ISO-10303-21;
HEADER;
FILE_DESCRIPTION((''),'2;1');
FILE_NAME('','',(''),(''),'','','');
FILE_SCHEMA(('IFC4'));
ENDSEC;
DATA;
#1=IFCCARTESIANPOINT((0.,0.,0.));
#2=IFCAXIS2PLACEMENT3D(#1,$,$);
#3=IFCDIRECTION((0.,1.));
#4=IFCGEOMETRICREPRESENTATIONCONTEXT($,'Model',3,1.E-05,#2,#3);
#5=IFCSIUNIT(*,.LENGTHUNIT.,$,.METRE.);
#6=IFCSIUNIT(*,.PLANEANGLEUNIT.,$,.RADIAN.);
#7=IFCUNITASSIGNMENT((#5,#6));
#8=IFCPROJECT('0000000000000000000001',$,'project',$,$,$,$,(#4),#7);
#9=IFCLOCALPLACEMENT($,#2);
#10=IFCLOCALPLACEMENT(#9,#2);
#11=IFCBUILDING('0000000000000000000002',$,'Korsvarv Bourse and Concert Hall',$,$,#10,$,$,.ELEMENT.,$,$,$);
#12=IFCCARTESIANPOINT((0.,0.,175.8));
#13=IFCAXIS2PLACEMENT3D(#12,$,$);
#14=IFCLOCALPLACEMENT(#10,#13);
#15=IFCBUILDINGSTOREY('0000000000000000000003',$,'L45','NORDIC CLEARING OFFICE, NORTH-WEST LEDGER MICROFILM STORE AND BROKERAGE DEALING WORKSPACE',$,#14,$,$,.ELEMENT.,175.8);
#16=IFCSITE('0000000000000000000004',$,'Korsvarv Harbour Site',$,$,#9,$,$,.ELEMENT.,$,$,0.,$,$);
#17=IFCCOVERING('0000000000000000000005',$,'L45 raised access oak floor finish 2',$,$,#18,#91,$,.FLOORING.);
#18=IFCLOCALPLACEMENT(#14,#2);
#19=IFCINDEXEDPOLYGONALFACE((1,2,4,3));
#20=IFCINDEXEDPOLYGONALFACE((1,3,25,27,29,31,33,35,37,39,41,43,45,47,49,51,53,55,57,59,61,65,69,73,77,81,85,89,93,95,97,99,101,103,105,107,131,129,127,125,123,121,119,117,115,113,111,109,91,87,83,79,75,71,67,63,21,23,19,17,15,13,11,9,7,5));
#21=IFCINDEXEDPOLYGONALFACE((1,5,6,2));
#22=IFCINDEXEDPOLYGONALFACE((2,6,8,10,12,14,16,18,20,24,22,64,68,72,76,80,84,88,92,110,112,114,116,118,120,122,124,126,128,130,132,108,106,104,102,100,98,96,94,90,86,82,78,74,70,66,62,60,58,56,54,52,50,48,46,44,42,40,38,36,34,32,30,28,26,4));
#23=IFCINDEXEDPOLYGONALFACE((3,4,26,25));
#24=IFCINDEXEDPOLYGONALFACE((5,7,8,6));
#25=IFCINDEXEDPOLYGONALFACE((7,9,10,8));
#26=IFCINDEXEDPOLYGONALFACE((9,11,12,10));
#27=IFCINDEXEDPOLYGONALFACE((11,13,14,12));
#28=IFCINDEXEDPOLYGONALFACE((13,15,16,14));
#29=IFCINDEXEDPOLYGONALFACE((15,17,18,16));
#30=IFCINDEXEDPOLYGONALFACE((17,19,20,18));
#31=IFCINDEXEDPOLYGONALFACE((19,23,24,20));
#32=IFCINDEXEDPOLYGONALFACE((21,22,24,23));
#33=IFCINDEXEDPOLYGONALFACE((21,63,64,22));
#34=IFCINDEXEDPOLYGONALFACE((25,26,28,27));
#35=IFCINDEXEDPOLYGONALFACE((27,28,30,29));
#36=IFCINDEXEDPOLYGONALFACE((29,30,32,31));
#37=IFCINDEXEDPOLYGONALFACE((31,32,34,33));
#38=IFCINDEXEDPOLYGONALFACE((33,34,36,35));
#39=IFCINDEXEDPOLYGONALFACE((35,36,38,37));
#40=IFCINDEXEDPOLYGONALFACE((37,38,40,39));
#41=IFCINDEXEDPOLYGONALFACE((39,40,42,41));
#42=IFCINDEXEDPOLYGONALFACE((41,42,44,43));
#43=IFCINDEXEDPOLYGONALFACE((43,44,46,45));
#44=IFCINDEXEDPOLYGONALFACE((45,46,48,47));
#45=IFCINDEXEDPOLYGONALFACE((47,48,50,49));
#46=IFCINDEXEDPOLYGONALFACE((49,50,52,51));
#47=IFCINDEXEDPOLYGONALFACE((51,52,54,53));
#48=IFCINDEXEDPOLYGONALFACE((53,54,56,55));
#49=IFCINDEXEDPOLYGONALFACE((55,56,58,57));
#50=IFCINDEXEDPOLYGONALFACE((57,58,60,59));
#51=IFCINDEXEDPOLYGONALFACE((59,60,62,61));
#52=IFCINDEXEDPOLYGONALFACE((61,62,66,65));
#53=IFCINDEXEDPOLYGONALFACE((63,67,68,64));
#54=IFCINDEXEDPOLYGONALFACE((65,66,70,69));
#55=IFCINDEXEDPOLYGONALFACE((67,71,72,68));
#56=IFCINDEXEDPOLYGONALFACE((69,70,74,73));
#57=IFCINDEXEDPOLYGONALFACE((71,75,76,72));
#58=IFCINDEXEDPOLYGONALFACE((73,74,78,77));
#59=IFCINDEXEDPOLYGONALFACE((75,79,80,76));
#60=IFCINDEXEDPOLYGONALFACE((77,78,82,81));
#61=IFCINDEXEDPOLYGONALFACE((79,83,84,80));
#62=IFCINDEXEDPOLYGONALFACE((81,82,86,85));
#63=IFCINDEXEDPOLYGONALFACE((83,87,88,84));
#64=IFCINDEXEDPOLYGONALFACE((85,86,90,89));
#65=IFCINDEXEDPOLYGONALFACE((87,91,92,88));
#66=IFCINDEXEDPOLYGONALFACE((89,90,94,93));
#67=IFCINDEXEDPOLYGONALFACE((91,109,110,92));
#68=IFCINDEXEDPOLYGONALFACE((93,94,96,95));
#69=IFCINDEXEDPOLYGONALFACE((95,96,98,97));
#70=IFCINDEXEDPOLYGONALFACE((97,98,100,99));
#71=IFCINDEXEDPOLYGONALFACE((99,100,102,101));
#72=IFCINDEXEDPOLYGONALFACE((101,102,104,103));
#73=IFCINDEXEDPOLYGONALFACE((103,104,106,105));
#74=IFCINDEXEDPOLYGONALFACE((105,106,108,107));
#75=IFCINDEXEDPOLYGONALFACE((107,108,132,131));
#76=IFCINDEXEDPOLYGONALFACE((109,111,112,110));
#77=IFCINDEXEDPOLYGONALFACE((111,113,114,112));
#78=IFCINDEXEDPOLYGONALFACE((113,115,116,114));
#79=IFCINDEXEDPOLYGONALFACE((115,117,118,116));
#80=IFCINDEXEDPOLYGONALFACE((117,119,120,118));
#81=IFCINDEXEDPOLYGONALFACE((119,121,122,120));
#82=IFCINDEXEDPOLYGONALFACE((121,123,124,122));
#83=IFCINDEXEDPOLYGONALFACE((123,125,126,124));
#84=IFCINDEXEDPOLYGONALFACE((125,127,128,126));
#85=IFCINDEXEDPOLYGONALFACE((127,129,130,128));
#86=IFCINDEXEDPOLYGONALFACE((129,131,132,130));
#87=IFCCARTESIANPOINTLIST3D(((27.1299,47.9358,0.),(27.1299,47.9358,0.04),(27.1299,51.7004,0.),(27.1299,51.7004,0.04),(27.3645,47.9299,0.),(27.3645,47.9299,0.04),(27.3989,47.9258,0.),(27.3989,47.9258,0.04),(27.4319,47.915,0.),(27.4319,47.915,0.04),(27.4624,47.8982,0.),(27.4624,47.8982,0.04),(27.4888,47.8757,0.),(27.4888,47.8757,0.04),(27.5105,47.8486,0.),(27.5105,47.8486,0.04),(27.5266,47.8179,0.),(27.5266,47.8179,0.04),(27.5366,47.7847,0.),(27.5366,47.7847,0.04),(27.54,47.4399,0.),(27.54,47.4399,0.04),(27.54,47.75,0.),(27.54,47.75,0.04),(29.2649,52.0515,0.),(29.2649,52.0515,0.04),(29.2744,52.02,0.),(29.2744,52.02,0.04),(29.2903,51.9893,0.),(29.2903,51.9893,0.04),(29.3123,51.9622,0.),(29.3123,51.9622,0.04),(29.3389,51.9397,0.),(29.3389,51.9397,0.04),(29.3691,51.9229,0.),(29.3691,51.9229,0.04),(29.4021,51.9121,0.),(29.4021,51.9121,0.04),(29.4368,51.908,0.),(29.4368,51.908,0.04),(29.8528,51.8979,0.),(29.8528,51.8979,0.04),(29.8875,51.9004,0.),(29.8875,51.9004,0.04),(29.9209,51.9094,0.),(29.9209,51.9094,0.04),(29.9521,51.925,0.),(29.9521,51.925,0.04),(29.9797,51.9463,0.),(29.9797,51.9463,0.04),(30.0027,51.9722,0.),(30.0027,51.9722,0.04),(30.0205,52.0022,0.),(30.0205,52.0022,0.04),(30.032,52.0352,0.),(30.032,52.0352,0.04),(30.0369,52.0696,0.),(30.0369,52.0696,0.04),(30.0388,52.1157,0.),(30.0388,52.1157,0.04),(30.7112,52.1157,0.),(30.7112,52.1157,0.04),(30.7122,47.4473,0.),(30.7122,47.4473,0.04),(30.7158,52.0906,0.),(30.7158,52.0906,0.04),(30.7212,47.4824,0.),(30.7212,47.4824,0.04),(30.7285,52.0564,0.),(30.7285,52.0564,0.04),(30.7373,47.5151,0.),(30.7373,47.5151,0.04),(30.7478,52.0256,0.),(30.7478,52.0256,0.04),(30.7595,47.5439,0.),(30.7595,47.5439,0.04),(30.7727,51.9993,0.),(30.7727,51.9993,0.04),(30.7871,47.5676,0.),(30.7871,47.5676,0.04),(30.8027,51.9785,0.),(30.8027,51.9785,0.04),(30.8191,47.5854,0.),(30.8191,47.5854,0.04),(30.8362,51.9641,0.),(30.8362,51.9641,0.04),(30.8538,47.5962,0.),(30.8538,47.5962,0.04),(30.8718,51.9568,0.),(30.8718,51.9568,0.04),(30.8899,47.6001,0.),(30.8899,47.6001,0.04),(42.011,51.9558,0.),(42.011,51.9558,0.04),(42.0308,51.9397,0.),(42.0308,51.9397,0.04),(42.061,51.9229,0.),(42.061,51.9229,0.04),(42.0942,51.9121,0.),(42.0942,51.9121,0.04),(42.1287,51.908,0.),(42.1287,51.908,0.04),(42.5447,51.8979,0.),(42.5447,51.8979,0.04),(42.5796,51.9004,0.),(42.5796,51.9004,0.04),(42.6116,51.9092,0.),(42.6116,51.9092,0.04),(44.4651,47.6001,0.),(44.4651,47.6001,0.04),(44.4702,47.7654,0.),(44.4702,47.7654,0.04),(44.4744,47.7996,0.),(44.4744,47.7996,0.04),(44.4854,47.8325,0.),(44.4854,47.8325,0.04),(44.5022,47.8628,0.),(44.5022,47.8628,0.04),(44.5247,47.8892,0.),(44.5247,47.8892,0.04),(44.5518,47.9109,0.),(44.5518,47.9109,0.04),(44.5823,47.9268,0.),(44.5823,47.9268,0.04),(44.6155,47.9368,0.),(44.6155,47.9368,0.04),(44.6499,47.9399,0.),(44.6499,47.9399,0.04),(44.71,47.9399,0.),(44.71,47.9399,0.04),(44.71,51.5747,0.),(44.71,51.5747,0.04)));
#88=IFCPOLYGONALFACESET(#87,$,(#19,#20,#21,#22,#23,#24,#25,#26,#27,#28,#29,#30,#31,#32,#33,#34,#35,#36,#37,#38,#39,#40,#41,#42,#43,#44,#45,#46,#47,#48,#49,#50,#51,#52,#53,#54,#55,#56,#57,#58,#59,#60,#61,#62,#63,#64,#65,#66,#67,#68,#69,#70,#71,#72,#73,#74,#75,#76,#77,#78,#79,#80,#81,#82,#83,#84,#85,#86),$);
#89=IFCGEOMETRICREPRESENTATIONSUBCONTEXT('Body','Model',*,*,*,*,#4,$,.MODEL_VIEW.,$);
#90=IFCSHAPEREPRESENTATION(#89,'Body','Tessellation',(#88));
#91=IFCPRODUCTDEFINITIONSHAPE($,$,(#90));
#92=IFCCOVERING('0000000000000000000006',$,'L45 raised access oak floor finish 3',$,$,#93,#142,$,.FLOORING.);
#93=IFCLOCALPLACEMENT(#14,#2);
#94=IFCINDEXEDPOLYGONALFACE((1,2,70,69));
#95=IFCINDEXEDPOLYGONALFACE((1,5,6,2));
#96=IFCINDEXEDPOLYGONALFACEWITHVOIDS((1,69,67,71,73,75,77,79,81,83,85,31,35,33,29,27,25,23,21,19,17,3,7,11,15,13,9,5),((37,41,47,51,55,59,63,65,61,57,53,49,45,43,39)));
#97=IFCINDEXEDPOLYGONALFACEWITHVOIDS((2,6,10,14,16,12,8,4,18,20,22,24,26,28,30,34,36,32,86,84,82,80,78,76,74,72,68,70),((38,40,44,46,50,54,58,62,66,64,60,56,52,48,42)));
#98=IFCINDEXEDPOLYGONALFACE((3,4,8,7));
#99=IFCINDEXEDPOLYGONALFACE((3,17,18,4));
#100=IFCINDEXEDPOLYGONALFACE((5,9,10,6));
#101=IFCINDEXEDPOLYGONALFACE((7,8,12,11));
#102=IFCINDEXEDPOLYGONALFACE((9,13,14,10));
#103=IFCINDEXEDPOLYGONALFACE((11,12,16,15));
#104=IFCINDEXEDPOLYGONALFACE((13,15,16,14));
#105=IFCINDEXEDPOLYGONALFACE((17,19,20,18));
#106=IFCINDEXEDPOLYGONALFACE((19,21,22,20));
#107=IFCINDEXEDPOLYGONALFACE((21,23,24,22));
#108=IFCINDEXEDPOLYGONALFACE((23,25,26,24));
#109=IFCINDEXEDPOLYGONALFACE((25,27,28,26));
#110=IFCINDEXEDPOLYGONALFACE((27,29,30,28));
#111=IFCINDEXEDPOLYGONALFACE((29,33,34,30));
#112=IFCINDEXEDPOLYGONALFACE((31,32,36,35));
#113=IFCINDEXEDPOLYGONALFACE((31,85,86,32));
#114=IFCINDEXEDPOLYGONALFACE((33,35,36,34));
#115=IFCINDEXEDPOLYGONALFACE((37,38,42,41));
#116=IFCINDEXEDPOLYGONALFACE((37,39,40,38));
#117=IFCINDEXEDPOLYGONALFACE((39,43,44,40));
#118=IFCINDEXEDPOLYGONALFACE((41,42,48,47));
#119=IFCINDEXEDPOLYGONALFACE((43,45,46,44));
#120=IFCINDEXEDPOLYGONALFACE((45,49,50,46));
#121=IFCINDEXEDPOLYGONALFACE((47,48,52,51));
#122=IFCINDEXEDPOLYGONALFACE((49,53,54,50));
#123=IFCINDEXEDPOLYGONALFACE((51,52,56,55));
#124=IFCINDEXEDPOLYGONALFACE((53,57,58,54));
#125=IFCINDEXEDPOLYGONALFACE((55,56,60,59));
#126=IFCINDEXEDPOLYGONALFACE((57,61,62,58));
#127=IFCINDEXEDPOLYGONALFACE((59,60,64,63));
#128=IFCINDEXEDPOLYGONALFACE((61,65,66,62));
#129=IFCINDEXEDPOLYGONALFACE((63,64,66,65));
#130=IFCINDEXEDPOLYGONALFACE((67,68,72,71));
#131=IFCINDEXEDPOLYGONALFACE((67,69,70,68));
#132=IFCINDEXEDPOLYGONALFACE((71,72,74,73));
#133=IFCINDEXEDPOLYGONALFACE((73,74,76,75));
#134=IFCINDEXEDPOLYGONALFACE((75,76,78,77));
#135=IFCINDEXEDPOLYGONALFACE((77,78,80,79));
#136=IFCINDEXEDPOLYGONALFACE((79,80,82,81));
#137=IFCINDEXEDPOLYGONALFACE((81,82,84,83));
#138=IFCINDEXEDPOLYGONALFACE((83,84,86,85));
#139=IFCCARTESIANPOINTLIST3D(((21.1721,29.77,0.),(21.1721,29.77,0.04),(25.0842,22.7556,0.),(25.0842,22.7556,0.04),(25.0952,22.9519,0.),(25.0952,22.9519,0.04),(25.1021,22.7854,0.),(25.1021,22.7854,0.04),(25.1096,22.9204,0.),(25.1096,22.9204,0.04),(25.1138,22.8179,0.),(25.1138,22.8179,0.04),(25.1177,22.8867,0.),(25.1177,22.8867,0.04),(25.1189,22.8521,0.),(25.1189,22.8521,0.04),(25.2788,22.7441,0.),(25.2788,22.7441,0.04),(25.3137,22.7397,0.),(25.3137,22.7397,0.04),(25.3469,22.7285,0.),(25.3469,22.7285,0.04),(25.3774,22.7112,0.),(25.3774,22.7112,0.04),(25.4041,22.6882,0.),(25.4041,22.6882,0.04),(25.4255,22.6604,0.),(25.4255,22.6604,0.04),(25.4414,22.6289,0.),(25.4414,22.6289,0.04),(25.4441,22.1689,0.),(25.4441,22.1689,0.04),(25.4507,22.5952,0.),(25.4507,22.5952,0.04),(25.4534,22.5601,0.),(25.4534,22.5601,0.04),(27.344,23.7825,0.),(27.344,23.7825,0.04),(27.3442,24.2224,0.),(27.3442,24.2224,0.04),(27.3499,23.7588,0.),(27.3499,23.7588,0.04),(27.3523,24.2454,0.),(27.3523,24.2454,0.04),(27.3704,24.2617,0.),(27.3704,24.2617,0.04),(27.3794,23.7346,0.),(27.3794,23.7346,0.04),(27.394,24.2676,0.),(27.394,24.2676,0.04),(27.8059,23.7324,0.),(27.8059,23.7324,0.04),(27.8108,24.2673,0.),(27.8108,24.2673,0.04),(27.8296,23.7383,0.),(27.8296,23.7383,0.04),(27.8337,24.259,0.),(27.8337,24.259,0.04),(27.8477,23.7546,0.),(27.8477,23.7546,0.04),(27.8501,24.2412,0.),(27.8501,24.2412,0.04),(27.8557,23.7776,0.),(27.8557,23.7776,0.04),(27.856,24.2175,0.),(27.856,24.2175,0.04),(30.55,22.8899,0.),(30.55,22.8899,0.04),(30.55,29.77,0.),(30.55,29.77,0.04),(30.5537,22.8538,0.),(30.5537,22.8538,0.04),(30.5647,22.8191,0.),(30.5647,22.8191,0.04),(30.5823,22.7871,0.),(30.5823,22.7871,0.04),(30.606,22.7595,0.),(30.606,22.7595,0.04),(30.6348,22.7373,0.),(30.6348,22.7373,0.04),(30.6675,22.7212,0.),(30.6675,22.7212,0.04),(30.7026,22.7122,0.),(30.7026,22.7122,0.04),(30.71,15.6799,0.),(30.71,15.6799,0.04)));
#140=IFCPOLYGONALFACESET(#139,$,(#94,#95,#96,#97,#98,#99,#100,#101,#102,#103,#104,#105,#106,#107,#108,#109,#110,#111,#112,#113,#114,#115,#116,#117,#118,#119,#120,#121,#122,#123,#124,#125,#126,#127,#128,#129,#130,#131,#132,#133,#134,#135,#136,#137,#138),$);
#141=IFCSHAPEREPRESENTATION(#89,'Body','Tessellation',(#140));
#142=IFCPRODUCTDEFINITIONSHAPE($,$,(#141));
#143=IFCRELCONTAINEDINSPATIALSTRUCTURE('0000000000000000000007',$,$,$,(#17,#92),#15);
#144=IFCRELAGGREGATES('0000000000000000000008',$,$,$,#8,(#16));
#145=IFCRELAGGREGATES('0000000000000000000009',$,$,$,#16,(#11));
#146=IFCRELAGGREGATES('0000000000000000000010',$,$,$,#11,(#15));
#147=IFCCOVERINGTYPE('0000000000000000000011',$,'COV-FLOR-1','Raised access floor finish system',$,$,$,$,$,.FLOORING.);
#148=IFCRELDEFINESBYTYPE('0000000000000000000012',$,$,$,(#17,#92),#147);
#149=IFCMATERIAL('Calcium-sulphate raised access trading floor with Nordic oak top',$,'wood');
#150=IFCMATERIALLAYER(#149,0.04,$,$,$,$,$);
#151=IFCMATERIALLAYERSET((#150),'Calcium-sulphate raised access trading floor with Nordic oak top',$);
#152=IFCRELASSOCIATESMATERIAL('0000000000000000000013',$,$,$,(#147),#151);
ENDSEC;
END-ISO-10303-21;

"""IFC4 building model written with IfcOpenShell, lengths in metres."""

from ifc_helpers import new_model, si_unit, direction, frame, origin, place, context, subcontext, project, spatial, polyline, outline, extrude, material, layer, layer_set, type_object, element, save


model = new_model("IFC4")

# Units and contexts
model_context = context("Model", 3, precision=1e-05, world=origin(), true_north=direction((0.0, 1.0)))
body_context = subcontext(model_context, "Body", "Model", "MODEL_VIEW")
ifc_project = project(units=[si_unit("LENGTHUNIT", "METRE"), si_unit("PLANEANGLEUNIT", "RADIAN")], contexts=[model_context])

# Site, building, storey
site_placement = place(None, origin())
site = spatial("IfcSite", under=ifc_project, at=site_placement, Name="Korsvarv Harbour Site", CompositionType="ELEMENT", RefElevation=0.0)
building_placement = place(site_placement, origin())
building = spatial("IfcBuilding", under=site, at=building_placement, Name="Korsvarv Bourse and Concert Hall", CompositionType="ELEMENT")
storey_placement = place(building_placement, frame((0.0, 0.0, 175.8)))
storey = spatial("IfcBuildingStorey", under=building, at=storey_placement, Name="L45", Description="NORDIC CLEARING OFFICE, NORTH-WEST LEDGER MICROFILM STORE AND BROKERAGE DEALING WORKSPACE", CompositionType="ELEMENT", Elevation=175.8)

# Coverings
ifc_material_1 = material(Name="Calcium-sulphate raised access trading floor with Nordic oak top", Category="wood")
ifc_layer_1 = layer(ifc_material_1, 0.04)
ifc_layer_set_1 = layer_set([ifc_layer_1], Name="Calcium-sulphate raised access trading floor with Nordic oak top")
covering_type_1 = type_object("IfcCoveringType", Name="COV-FLOR-1", Description="Raised access floor finish system", PredefinedType="FLOORING", material=ifc_layer_set_1)
covering_1_placement = place(storey_placement, origin())
element("IfcCovering", 1, at=covering_1_placement, inside=storey, type_object=covering_type_1, Name="L45 raised access oak floor finish 2", PredefinedType="FLOORING", context=body_context, shape_type="SweptSolid", body=[
    extrude(outline(polyline([(29.2649, 52.0515), (29.2744, 52.02), (29.2903, 51.9893), (29.3123, 51.9622), (29.3389, 51.9397), (29.3691, 51.9229), (29.4021, 51.9121), (29.4368, 51.908), (29.8528, 51.8979), (29.8875, 51.9004), (29.9209, 51.9094), (29.9521, 51.925), (29.9797, 51.9463), (30.0027, 51.9722), (30.0205, 52.0022), (30.032, 52.0352), (30.0369, 52.0696), (30.0388, 52.1157), (30.7112, 52.1157), (30.7158, 52.0906), (30.7285, 52.0564), (30.7478, 52.0256), (30.7727, 51.9993), (30.8027, 51.9785), (30.8362, 51.9641), (30.8718, 51.9568), (42.011, 51.9558), (42.0308, 51.9397), (42.061, 51.9229), (42.0942, 51.9121), (42.1287, 51.908), (42.5447, 51.8979), (42.5796, 51.9004), (42.6116, 51.9092), (44.71, 51.5747), (44.71, 47.9399), (44.6499, 47.9399), (44.6155, 47.9368), (44.5823, 47.9268), (44.5518, 47.9109), (44.5247, 47.8892), (44.5022, 47.8628), (44.4854, 47.8325), (44.4744, 47.7996), (44.4702, 47.7654), (44.4651, 47.6001), (30.8899, 47.6001), (30.8538, 47.5962), (30.8191, 47.5854), (30.7871, 47.5676), (30.7595, 47.5439), (30.7373, 47.5151), (30.7212, 47.4824), (30.7122, 47.4473), (27.54, 47.4399), (27.54, 47.75), (27.5366, 47.7847), (27.5266, 47.8179), (27.5105, 47.8486), (27.4888, 47.8757), (27.4624, 47.8982), (27.4319, 47.915), (27.3989, 47.9258), (27.3645, 47.9299), (27.1299, 47.9358), (27.1299, 51.7004), (29.2649, 52.0515)])), origin(), (0.0, 0.0, 1.0), 0.04),
])
covering_2_placement = place(storey_placement, origin())
element("IfcCovering", 2, at=covering_2_placement, inside=storey, type_object=covering_type_1, Name="L45 raised access oak floor finish 3", PredefinedType="FLOORING", context=body_context, shape_type="SweptSolid", body=[
    extrude(outline(polyline([(25.0842, 22.7556), (25.1021, 22.7854), (25.1138, 22.8179), (25.1189, 22.8521), (25.1177, 22.8867), (25.1096, 22.9204), (25.0952, 22.9519), (21.1721, 29.77), (30.55, 29.77), (30.55, 22.8899), (30.5537, 22.8538), (30.5647, 22.8191), (30.5823, 22.7871), (30.606, 22.7595), (30.6348, 22.7373), (30.6675, 22.7212), (30.7026, 22.7122), (30.71, 15.6799), (25.4441, 22.1689), (25.4534, 22.5601), (25.4507, 22.5952), (25.4414, 22.6289), (25.4255, 22.6604), (25.4041, 22.6882), (25.3774, 22.7112), (25.3469, 22.7285), (25.3137, 22.7397), (25.2788, 22.7441), (25.0842, 22.7556)]), holes=[polyline([(27.3794, 23.7346), (27.8059, 23.7324), (27.8296, 23.7383), (27.8477, 23.7546), (27.8557, 23.7776), (27.856, 24.2175), (27.8501, 24.2412), (27.8337, 24.259), (27.8108, 24.2673), (27.394, 24.2676), (27.3704, 24.2617), (27.3523, 24.2454), (27.3442, 24.2224), (27.344, 23.7825), (27.3499, 23.7588), (27.3794, 23.7346)])]), origin(), (0.0, 0.0, 1.0), 0.04),
])

save(model, "model.ifc")
